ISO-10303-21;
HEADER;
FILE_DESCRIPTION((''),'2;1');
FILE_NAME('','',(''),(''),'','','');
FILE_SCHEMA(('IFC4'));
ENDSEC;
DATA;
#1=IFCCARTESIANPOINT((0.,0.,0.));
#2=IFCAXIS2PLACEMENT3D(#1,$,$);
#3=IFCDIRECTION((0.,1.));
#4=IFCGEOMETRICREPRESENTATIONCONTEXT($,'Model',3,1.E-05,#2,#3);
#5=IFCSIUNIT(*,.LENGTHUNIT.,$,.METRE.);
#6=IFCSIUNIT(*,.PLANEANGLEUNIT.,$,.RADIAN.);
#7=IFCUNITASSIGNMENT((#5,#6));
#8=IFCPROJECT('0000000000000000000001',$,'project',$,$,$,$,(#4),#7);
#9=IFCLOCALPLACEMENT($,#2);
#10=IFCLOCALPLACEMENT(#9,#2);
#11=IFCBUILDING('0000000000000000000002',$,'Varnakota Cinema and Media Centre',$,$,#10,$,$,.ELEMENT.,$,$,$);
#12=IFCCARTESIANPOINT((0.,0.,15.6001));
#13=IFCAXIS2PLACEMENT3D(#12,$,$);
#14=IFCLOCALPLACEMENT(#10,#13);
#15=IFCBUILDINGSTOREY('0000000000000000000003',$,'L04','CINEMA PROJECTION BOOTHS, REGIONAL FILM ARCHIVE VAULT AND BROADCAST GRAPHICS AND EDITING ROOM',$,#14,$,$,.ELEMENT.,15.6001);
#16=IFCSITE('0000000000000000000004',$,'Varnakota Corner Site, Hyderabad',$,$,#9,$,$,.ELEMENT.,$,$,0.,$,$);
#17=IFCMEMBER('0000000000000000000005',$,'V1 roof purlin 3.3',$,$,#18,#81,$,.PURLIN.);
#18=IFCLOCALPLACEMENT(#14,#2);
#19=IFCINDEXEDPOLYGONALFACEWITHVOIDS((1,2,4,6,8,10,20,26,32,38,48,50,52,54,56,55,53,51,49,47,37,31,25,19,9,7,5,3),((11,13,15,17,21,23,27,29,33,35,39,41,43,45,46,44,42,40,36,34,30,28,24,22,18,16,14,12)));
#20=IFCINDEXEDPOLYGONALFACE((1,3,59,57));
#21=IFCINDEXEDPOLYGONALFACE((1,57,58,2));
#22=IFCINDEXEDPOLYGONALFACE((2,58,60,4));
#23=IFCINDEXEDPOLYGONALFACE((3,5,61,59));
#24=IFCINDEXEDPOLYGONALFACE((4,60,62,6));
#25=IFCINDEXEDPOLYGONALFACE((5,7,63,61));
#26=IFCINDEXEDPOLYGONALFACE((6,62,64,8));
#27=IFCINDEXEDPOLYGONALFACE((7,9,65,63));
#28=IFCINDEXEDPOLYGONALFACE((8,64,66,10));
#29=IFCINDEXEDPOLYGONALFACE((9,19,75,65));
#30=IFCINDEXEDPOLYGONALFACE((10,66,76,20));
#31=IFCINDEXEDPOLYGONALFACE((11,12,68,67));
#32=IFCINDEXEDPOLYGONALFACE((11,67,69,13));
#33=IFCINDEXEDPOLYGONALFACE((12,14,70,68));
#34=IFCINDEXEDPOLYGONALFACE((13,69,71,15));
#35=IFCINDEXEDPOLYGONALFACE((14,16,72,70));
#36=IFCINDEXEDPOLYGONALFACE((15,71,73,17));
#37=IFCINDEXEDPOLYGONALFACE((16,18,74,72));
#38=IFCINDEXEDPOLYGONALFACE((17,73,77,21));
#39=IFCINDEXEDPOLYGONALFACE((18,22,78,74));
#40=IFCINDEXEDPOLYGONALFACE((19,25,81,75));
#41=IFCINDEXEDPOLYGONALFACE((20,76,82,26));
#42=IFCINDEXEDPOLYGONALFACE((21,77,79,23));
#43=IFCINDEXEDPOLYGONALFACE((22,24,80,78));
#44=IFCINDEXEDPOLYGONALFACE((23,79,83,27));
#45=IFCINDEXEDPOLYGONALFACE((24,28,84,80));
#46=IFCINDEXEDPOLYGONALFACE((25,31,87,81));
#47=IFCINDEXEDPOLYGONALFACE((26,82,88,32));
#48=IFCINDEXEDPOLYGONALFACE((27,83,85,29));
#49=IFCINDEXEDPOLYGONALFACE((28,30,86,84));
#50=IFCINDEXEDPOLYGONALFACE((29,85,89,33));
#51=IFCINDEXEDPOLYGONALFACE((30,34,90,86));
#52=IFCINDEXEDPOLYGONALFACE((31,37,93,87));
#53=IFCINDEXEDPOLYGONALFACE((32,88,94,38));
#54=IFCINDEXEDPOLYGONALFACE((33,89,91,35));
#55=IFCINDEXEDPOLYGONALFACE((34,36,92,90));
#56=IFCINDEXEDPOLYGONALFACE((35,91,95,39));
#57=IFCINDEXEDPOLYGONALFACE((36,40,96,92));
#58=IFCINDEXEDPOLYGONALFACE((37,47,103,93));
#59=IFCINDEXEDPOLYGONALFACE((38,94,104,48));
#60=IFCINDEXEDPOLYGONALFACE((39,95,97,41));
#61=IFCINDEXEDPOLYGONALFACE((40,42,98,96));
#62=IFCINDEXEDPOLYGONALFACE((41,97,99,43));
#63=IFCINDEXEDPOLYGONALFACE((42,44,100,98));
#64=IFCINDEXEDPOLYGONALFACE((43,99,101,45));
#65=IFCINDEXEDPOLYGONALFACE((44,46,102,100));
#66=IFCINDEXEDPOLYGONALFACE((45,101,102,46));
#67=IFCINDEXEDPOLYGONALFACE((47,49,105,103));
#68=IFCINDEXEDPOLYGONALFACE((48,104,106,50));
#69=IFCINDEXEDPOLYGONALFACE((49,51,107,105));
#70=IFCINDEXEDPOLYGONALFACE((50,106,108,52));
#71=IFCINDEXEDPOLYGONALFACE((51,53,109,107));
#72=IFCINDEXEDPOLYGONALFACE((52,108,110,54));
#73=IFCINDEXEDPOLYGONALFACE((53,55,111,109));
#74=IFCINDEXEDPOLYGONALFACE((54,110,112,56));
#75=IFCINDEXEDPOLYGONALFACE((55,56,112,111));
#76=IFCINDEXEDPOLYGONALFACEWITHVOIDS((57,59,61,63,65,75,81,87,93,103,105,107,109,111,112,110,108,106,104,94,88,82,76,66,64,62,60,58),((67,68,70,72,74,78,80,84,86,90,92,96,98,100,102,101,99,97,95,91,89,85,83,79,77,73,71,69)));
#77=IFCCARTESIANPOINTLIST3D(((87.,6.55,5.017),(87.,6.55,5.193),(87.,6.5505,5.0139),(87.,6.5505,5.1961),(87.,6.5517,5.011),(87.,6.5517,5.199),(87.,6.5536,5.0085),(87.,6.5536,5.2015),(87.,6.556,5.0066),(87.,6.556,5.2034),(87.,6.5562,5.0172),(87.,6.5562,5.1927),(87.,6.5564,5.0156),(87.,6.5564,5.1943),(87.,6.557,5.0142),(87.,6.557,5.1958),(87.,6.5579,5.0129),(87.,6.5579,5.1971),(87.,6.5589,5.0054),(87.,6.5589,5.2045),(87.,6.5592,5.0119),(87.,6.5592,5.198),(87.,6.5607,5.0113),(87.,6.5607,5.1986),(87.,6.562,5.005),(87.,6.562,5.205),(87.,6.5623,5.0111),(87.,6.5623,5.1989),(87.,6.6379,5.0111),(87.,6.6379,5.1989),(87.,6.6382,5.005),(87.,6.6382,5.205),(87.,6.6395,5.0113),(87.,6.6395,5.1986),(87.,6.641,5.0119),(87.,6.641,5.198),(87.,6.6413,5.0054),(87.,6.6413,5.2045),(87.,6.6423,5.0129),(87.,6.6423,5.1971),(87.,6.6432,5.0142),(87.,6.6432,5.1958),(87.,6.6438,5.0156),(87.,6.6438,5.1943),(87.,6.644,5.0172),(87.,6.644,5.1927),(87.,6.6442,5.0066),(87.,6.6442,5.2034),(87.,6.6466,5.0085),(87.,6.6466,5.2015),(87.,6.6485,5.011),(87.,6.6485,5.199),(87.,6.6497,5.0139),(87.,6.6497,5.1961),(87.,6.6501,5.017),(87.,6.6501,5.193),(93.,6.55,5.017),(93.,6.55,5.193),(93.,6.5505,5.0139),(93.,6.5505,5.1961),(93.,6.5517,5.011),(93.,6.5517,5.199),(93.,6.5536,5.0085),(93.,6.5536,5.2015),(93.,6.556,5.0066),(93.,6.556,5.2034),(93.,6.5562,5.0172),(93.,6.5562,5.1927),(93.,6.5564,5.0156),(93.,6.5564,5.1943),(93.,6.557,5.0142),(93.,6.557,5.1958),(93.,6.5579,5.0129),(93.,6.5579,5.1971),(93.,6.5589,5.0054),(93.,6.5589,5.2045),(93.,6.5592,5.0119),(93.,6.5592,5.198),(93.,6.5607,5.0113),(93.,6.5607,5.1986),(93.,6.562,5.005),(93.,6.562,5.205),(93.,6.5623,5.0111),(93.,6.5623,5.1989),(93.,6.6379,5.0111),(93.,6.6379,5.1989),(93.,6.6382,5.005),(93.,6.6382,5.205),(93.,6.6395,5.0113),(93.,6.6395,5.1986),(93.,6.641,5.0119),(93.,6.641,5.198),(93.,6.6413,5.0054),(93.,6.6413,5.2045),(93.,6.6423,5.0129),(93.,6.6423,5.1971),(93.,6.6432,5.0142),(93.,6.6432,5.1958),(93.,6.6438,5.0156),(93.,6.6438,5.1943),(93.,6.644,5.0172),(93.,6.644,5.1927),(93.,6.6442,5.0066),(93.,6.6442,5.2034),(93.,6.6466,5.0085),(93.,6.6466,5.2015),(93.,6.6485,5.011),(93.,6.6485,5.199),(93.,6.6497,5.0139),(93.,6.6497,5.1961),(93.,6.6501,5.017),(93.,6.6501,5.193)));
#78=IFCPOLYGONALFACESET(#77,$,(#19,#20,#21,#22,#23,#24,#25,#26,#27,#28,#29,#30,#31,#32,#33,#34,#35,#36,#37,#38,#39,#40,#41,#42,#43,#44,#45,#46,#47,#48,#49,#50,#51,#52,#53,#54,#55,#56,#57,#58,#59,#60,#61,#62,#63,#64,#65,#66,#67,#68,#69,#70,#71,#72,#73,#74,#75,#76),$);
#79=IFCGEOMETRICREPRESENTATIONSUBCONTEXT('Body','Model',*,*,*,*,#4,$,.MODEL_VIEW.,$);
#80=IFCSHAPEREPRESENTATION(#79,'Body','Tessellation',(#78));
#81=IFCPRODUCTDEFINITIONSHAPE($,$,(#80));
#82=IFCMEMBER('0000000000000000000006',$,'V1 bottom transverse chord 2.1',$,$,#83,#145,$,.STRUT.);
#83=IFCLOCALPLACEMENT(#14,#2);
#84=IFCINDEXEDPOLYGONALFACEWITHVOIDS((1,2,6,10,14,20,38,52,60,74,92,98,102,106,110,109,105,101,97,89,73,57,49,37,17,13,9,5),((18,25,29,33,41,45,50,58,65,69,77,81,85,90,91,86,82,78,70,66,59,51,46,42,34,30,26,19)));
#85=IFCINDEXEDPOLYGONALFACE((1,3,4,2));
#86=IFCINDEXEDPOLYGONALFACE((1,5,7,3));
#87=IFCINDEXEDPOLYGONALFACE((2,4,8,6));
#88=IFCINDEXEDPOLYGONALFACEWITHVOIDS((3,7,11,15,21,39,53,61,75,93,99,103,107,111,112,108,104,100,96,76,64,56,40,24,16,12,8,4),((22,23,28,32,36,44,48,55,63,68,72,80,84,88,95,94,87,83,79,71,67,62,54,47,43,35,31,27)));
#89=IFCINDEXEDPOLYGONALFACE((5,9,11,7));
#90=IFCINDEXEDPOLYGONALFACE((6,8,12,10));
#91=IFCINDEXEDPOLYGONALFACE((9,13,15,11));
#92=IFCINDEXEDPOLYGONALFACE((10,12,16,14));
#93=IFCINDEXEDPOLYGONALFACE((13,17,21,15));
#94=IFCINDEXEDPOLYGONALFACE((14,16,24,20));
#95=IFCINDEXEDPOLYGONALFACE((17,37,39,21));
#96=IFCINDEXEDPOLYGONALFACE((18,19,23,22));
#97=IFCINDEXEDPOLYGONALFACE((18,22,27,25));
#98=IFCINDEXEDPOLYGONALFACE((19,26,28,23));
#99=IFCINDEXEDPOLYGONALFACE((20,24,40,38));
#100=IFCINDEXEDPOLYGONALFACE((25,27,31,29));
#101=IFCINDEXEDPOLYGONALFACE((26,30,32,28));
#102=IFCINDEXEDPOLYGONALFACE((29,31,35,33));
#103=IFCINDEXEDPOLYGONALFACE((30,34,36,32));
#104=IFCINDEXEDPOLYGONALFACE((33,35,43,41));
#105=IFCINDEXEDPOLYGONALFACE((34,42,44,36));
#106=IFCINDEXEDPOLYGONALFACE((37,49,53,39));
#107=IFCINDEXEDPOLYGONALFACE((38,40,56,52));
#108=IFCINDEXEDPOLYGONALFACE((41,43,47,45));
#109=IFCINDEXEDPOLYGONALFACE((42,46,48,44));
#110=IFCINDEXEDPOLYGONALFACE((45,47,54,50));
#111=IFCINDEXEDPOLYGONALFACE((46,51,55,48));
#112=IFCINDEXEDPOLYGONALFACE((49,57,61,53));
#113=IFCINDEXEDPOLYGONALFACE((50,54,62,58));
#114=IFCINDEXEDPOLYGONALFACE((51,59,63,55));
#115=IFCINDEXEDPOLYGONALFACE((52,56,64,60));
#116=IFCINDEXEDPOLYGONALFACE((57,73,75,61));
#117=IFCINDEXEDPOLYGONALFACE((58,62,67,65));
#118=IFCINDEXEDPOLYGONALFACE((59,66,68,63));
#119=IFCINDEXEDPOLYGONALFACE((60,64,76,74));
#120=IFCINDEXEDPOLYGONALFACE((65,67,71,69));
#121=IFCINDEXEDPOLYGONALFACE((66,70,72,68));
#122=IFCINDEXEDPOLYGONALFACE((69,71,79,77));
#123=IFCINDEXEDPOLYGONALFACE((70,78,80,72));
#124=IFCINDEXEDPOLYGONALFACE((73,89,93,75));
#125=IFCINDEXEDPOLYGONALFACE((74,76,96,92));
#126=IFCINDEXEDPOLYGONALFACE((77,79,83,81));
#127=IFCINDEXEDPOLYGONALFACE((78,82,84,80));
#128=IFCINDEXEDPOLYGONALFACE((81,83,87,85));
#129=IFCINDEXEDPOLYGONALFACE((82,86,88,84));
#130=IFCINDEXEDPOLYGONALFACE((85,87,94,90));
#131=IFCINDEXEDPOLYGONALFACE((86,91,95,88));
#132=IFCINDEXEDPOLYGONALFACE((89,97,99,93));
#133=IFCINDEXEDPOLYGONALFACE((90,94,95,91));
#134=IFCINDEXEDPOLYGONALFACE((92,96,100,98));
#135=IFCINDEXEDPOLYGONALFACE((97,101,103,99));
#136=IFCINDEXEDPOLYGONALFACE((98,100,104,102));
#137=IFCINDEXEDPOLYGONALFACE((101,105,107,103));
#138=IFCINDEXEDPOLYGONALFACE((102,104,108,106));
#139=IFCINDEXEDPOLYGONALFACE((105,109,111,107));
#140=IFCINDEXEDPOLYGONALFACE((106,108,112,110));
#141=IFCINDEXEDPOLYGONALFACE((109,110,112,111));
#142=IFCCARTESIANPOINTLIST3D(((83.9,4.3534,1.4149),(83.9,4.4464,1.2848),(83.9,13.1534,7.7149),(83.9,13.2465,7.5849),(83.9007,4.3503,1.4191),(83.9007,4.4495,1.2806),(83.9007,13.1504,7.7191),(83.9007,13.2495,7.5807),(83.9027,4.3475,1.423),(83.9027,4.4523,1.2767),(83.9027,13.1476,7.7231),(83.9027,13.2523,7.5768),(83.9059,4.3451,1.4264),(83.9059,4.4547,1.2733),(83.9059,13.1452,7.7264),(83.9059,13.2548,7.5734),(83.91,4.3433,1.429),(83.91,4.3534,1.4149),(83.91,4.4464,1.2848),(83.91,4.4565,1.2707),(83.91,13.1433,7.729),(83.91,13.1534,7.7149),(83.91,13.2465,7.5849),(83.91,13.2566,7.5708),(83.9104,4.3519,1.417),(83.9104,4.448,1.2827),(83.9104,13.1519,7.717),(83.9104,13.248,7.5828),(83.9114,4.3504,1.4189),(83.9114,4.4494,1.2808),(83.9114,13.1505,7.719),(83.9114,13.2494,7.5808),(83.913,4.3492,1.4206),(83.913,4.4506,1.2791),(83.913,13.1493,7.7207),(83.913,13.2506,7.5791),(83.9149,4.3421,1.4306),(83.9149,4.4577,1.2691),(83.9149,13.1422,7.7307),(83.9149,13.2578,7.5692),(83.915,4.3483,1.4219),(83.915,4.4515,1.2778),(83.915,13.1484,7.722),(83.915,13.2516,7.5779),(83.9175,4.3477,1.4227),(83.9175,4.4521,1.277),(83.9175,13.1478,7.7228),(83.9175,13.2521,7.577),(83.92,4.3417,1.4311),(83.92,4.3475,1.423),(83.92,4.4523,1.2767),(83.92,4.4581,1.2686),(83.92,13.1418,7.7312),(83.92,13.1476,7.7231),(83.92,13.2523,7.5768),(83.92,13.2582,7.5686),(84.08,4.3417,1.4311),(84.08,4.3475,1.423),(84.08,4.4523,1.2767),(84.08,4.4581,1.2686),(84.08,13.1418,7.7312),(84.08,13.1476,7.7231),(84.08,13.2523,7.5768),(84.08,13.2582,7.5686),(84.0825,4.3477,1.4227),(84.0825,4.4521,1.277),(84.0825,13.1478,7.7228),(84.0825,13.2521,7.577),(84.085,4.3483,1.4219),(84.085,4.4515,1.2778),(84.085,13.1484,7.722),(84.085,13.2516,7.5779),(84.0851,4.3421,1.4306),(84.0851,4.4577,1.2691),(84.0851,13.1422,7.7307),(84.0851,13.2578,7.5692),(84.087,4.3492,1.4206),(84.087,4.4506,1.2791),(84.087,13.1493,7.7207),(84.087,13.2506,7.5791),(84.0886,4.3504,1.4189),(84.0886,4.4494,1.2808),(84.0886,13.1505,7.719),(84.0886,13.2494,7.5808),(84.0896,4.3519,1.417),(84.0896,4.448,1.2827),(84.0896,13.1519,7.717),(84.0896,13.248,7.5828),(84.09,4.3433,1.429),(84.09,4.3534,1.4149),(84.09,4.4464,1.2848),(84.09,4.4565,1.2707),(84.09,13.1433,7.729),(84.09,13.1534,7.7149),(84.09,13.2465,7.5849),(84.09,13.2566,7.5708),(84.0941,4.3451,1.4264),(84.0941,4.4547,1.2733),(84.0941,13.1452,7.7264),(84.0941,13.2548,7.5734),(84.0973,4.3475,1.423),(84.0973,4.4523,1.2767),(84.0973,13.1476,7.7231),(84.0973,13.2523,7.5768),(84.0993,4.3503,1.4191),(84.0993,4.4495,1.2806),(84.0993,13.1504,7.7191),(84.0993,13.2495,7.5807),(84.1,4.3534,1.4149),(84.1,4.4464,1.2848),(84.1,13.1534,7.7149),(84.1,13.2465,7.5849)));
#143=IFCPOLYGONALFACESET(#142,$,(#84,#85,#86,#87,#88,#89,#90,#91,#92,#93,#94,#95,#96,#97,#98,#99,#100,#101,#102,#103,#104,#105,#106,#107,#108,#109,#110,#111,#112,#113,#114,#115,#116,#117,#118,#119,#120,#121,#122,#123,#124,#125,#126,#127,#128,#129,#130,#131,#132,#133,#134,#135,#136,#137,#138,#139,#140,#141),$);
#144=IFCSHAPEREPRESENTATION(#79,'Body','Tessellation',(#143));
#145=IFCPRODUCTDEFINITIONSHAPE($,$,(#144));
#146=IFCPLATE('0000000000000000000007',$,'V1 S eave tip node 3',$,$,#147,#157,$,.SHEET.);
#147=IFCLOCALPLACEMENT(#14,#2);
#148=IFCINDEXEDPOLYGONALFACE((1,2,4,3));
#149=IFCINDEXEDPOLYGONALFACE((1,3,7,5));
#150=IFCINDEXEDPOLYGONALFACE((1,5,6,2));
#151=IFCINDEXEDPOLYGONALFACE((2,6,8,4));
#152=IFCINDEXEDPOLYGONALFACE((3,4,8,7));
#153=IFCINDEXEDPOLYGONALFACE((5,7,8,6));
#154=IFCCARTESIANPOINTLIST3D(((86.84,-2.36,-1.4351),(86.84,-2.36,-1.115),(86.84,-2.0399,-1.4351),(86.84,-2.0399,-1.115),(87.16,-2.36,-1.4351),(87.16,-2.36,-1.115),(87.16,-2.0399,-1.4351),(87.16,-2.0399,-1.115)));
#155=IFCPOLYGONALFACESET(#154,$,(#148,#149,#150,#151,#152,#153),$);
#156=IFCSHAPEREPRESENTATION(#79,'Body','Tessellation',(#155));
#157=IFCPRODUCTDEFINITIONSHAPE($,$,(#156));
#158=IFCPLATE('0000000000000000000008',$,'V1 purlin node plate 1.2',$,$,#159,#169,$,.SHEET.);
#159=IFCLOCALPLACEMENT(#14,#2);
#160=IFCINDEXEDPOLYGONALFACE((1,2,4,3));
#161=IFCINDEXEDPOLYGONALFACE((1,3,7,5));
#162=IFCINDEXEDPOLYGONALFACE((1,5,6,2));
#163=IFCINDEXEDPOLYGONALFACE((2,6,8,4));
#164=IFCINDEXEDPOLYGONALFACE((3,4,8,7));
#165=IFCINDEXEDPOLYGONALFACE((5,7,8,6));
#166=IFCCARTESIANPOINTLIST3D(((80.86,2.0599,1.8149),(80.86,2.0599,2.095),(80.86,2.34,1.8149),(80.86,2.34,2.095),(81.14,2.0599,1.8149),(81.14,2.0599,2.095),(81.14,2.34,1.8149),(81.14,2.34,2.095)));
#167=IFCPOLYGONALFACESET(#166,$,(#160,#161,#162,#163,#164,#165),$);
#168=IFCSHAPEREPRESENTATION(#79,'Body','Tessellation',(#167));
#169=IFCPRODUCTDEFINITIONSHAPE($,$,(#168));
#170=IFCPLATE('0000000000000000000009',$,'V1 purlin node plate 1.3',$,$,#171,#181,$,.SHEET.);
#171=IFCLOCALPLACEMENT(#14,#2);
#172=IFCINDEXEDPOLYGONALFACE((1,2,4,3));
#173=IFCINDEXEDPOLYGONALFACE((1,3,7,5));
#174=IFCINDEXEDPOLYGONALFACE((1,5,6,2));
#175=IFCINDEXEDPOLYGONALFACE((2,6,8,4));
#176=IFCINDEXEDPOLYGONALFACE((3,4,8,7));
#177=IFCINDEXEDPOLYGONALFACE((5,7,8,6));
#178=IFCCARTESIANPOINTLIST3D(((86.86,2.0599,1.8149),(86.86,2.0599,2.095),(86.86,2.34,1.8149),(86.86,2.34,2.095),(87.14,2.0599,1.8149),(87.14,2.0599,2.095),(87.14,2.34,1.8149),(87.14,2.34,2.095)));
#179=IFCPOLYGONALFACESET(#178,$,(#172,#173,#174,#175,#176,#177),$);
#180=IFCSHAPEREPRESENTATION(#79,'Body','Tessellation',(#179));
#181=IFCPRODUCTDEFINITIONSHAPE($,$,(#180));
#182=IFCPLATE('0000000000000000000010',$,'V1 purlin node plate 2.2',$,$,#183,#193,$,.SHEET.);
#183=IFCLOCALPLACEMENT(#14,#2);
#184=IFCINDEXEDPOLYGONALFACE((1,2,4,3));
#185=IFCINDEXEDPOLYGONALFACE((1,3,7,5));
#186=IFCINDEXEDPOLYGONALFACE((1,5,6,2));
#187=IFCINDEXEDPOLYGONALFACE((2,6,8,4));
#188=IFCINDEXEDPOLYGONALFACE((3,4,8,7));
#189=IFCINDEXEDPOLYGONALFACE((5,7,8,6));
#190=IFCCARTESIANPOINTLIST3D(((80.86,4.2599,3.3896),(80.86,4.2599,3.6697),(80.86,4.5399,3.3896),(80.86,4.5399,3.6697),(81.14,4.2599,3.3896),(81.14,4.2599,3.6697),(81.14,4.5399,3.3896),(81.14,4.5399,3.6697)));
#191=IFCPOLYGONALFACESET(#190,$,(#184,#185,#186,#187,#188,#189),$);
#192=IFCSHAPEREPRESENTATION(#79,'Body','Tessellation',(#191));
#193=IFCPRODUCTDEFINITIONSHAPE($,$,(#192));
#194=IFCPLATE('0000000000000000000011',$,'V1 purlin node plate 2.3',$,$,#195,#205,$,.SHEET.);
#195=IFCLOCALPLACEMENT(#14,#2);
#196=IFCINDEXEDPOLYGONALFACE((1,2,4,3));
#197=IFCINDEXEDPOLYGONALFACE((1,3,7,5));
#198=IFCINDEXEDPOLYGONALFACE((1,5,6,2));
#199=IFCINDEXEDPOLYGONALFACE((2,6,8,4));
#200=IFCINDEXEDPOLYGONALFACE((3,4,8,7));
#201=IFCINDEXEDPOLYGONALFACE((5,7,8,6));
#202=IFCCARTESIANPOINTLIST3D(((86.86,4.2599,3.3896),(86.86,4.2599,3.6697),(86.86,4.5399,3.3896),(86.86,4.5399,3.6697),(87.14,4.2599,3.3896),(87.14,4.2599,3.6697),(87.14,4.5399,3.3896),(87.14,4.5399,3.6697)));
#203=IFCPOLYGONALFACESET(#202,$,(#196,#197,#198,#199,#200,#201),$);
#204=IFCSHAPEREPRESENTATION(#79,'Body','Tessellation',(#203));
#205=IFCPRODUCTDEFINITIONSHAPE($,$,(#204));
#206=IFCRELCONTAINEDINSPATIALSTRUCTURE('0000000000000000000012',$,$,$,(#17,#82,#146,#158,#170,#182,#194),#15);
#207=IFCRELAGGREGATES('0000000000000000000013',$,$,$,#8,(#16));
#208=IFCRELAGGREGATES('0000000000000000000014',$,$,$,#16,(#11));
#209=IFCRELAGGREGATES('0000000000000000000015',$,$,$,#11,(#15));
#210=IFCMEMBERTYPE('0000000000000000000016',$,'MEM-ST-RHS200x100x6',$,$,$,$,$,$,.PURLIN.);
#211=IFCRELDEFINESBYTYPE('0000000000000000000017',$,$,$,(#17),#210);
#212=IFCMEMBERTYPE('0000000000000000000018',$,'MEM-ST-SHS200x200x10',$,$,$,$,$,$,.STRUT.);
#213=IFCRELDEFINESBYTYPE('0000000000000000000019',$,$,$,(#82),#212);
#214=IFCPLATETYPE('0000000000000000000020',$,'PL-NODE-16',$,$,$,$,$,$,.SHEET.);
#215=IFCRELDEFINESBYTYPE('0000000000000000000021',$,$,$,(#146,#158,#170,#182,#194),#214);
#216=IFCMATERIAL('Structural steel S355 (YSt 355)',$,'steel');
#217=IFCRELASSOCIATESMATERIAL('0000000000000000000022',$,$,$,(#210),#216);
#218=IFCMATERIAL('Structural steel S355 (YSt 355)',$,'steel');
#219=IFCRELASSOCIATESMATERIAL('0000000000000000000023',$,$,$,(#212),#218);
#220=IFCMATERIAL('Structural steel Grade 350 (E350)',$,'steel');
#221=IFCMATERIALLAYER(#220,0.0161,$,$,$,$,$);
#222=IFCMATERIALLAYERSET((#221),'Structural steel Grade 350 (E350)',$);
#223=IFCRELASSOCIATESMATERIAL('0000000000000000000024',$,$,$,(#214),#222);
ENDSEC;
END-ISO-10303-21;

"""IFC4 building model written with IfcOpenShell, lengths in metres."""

from ifc_helpers import new_model, si_unit, direction, frame, origin, origin_2d, place, context, subcontext, project, spatial, rectangle, hollow_rectangle, extrude, material, layer, layer_set, material_profile, profile_set, type_object, element, save


model = new_model("IFC4")

# Units and contexts
model_context = context("Model", 3, precision=1e-05, world=origin(), true_north=direction((0.0, 1.0)))
body_context = subcontext(model_context, "Body", "Model", "MODEL_VIEW")
ifc_project = project(units=[si_unit("LENGTHUNIT", "METRE"), si_unit("PLANEANGLEUNIT", "RADIAN")], contexts=[model_context])

# Site, building, storey
site_placement = place(None, origin())
site = spatial("IfcSite", under=ifc_project, at=site_placement, Name="Varnakota Corner Site, Hyderabad", CompositionType="ELEMENT", RefElevation=0.0)
building_placement = place(site_placement, origin())
building = spatial("IfcBuilding", under=site, at=building_placement, Name="Varnakota Cinema and Media Centre", CompositionType="ELEMENT")
storey_placement = place(building_placement, frame((0.0, 0.0, 15.6001)))
storey = spatial("IfcBuildingStorey", under=building, at=storey_placement, Name="L04", Description="CINEMA PROJECTION BOOTHS, REGIONAL FILM ARCHIVE VAULT AND BROADCAST GRAPHICS AND EDITING ROOM", CompositionType="ELEMENT", Elevation=15.6001)

# Members
ifc_material_1 = material(Name="Structural steel S355 (YSt 355)", Category="steel")
ifc_material_profile_1 = material_profile(ifc_material_1, hollow_rectangle(XDim=0.1001, YDim=0.2, WallThickness=0.0061, InnerFilletRadius=0.0061, OuterFilletRadius=0.012, at=origin_2d()), Name="RHS 200x100x6")
ifc_profile_set_1 = profile_set([ifc_material_profile_1], Name="Structural steel S355 (YSt 355)")
member_type_1 = type_object("IfcMemberType", Name="MEM-ST-RHS200x100x6", PredefinedType="PURLIN", material=ifc_profile_set_1)
for number, where, z_axis, x_axis, name in (
    (1, (87.0, 6.6001, 5.105), (1.0, 0.0, 0.0), (0.0, 1.0, 0.0), "V1 roof purlin 3.3"),
):
    element("IfcMember", number, at=place(storey_placement, frame(where, z_axis=z_axis, x_axis=x_axis)), inside=storey, type_object=member_type_1, Name=name, PredefinedType="PURLIN", context=body_context, shape_type="SweptSolid", body=[
        extrude(hollow_rectangle(XDim=0.1001, YDim=0.2, WallThickness=0.0061, InnerFilletRadius=0.0061, OuterFilletRadius=0.012, at=origin_2d()), origin(), (0.0, 0.0, 1.0), 6.0),
    ])
ifc_material_2 = material(Name="Structural steel S355 (YSt 355)", Category="steel")
ifc_material_profile_2 = material_profile(ifc_material_2, hollow_rectangle(XDim=0.2, YDim=0.2, WallThickness=0.01, InnerFilletRadius=0.01, OuterFilletRadius=0.02, at=origin_2d()), Name="SHS 200x200x10")
ifc_profile_set_2 = profile_set([ifc_material_profile_2], Name="Structural steel S355 (YSt 355)")
member_type_2 = type_object("IfcMemberType", Name="MEM-ST-SHS200x200x10", PredefinedType="STRUT", material=ifc_profile_set_2)
member_1_placement = place(storey_placement, frame((84.0, 4.3999, 1.3499), z_axis=(0.0, 0.813108, 0.582113), x_axis=(-1.0, 0.0, 0.0)))
element("IfcMember", 2, at=member_1_placement, inside=storey, type_object=member_type_2, Name="V1 bottom transverse chord 2.1", PredefinedType="STRUT", context=body_context, shape_type="SweptSolid", body=[
    extrude(hollow_rectangle(XDim=0.2, YDim=0.2, WallThickness=0.01, InnerFilletRadius=0.01, OuterFilletRadius=0.02, at=origin_2d()), origin(), (0.0, 0.0, 1.0), 10.8228),
])

# Plates
ifc_material_3 = material(Name="Structural steel Grade 350 (E350)", Category="steel")
ifc_layer_1 = layer(ifc_material_3, 0.0161)
ifc_layer_set_1 = layer_set([ifc_layer_1], Name="Structural steel Grade 350 (E350)")
plate_type_1 = type_object("IfcPlateType", Name="PL-NODE-16", PredefinedType="SHEET", material=ifc_layer_set_1)
plate_1_placement = place(storey_placement, frame((87.0, -2.2, -1.4351), z_axis=(0.0, 0.0, 1.0), x_axis=(1.0, 0.0, 0.0)))
element("IfcPlate", 3, at=plate_1_placement, inside=storey, type_object=plate_type_1, Name="V1 S eave tip node 3", PredefinedType="SHEET", context=body_context, shape_type="SweptSolid", body=[
    extrude(rectangle(XDim=0.3201, YDim=0.3201, at=origin_2d()), origin(), (0.0, 0.0, 1.0), 0.3201),
])
for number, where, z_axis, x_axis, name in (
    (4, (81.0, 2.2, 1.8149), (0.0, 0.0, 1.0), (1.0, 0.0, 0.0), "V1 purlin node plate 1.2"),
    (5, (87.0, 2.2, 1.8149), (0.0, 0.0, 1.0), (1.0, 0.0, 0.0), "V1 purlin node plate 1.3"),
    (6, (81.0, 4.3999, 3.3896), (0.0, 0.0, 1.0), (1.0, 0.0, 0.0), "V1 purlin node plate 2.2"),
    (7, (87.0, 4.3999, 3.3896), (0.0, 0.0, 1.0), (1.0, 0.0, 0.0), "V1 purlin node plate 2.3"),
):
    element("IfcPlate", number, at=place(storey_placement, frame(where, z_axis=z_axis, x_axis=x_axis)), inside=storey, type_object=plate_type_1, Name=name, PredefinedType="SHEET", context=body_context, shape_type="SweptSolid", body=[
        extrude(rectangle(XDim=0.28, YDim=0.28, at=origin_2d()), origin(), (0.0, 0.0, 1.0), 0.28),
    ])

save(model, "model.ifc")
